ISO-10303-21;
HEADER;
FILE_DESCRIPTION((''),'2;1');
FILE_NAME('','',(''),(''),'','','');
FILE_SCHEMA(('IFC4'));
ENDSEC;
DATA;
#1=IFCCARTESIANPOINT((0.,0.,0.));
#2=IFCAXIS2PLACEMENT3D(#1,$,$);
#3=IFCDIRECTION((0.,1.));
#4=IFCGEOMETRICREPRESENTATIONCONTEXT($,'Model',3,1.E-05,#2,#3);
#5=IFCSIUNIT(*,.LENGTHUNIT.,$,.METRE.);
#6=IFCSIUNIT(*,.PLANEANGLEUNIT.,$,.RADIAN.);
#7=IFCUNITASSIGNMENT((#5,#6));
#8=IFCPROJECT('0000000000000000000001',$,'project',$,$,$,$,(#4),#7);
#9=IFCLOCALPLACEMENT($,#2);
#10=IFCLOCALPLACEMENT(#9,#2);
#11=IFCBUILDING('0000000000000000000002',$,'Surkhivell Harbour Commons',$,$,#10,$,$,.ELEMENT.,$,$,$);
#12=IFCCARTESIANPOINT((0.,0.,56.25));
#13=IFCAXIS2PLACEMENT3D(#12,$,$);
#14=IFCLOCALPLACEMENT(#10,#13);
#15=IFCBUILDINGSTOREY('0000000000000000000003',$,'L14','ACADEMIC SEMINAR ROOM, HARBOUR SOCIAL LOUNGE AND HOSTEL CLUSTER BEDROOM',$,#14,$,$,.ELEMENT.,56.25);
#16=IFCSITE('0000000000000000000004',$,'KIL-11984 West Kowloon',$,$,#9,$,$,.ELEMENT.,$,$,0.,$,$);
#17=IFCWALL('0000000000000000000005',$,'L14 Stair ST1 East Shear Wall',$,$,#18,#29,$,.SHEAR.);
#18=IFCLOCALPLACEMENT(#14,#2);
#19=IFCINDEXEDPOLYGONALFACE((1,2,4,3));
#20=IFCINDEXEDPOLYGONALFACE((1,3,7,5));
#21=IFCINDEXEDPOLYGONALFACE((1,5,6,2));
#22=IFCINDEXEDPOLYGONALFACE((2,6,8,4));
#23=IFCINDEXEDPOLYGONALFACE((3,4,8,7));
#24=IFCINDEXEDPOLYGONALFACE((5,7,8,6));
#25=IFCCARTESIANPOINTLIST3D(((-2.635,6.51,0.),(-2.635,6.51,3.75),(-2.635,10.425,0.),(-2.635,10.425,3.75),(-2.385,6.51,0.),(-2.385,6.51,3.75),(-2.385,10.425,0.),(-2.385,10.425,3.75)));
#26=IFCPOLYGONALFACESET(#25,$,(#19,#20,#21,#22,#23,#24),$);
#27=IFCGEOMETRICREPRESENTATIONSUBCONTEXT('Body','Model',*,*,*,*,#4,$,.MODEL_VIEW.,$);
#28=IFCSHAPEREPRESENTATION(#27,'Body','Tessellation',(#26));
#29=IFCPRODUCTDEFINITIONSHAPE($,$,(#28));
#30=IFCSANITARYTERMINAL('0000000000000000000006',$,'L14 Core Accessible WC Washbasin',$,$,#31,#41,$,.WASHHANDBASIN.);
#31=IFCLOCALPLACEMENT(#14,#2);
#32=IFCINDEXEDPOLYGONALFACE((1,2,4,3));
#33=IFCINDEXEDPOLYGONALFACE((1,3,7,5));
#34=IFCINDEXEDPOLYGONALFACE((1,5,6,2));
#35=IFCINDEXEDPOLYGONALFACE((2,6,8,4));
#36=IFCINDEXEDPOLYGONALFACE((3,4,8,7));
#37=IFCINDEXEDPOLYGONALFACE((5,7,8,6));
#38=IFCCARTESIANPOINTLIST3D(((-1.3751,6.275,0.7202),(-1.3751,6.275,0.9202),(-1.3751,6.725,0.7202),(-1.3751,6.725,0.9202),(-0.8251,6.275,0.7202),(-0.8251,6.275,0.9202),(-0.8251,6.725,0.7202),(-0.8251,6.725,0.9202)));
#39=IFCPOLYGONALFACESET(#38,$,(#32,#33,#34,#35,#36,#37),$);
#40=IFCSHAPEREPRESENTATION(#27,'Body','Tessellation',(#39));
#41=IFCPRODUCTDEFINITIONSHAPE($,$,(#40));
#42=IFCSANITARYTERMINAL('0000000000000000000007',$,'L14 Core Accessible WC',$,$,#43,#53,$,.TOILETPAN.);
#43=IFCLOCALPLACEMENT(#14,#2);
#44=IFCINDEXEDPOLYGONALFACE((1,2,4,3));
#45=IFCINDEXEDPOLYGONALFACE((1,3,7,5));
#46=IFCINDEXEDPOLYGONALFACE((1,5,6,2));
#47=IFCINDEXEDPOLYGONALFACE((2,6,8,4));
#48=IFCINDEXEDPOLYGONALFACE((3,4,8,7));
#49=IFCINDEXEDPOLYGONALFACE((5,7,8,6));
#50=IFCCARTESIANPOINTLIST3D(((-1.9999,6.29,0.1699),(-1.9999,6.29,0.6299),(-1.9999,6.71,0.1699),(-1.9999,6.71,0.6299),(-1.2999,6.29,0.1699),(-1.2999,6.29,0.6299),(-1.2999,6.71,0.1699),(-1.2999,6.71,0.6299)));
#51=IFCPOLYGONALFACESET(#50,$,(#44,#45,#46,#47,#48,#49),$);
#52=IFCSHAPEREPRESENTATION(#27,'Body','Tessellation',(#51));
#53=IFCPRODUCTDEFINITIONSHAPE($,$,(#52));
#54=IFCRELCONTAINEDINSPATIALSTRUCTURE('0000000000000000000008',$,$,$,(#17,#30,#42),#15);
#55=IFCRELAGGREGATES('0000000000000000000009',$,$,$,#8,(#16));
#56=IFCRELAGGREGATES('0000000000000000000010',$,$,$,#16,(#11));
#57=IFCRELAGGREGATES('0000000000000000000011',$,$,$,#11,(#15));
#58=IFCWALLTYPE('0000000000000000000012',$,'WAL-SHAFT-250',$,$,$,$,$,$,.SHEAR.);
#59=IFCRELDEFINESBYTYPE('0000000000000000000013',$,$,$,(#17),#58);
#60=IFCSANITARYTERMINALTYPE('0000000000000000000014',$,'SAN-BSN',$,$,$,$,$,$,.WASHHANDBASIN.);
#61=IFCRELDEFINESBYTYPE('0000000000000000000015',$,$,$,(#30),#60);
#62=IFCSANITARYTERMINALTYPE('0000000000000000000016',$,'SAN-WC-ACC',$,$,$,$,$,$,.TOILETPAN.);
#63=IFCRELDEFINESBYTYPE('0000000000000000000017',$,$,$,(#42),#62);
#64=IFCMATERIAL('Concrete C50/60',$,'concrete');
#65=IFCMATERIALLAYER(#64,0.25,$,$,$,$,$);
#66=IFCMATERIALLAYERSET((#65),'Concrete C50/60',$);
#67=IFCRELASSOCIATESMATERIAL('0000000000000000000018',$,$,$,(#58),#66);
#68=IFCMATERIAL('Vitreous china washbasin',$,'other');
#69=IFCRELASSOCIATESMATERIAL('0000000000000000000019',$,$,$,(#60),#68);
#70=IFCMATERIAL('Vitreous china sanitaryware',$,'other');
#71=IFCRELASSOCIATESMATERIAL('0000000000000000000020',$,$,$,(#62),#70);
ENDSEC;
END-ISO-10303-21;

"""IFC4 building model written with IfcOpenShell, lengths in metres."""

from ifc_helpers import new_model, si_unit, direction, frame, frame_2d, origin, origin_2d, place, context, subcontext, project, spatial, rectangle, extrude, material, layer, layer_set, type_object, element, save


model = new_model("IFC4")

# Units and contexts
model_context = context("Model", 3, precision=1e-05, world=origin(), true_north=direction((0.0, 1.0)))
body_context = subcontext(model_context, "Body", "Model", "MODEL_VIEW")
ifc_project = project(units=[si_unit("LENGTHUNIT", "METRE"), si_unit("PLANEANGLEUNIT", "RADIAN")], contexts=[model_context])

# Site, building, storey
site_placement = place(None, origin())
site = spatial("IfcSite", under=ifc_project, at=site_placement, Name="KIL-11984 West Kowloon", CompositionType="ELEMENT", RefElevation=0.0)
building_placement = place(site_placement, origin())
building = spatial("IfcBuilding", under=site, at=building_placement, Name="Surkhivell Harbour Commons", CompositionType="ELEMENT")
storey_placement = place(building_placement, frame((0.0, 0.0, 56.25)))
storey = spatial("IfcBuildingStorey", under=building, at=storey_placement, Name="L14", Description="ACADEMIC SEMINAR ROOM, HARBOUR SOCIAL LOUNGE AND HOSTEL CLUSTER BEDROOM", CompositionType="ELEMENT", Elevation=56.25)

# Shared definitions
ifc_material_1 = material(Name="Concrete C50/60", Category="concrete")
ifc_layer_1 = layer(ifc_material_1, 0.25)
ifc_layer_set_1 = layer_set([ifc_layer_1], Name="Concrete C50/60")
wall_type_1 = type_object("IfcWallType", Name="WAL-SHAFT-250", PredefinedType="SHEAR", material=ifc_layer_set_1)

# Wall
wall_1_placement = place(storey_placement, frame((-2.51, 6.51, 0.0), z_axis=(0.0, 0.0, 1.0), x_axis=(0.0, 1.0, 0.0)))
element("IfcWall", 1, at=wall_1_placement, inside=storey, type_object=wall_type_1, Name="L14 Stair ST1 East Shear Wall", PredefinedType="SHEAR", context=body_context, shape_type="SweptSolid", body=[
    extrude(rectangle(XDim=3.915, YDim=0.25, at=frame_2d((1.9575, 0.0))), origin(), (0.0, 0.0, 1.0), 3.75),
])

# Sanitary terminals
ifc_material_2 = material(Name="Vitreous china washbasin", Category="other")
sanitary_terminal_type_1 = type_object("IfcSanitaryTerminalType", Name="SAN-BSN", PredefinedType="WASHHANDBASIN", material=ifc_material_2)
sanitary_terminal_1_placement = place(storey_placement, frame((-1.1001, 6.5, 0.7202), z_axis=(0.0, 0.0, 1.0), x_axis=(1.0, 0.0, 0.0)))
element("IfcSanitaryTerminal", 2, at=sanitary_terminal_1_placement, inside=storey, type_object=sanitary_terminal_type_1, Name="L14 Core Accessible WC Washbasin", PredefinedType="WASHHANDBASIN", context=body_context, shape_type="SweptSolid", body=[
    extrude(rectangle(XDim=0.55, YDim=0.45, at=origin_2d()), origin(), (0.0, 0.0, 1.0), 0.2),
])
ifc_material_3 = material(Name="Vitreous china sanitaryware", Category="other")
sanitary_terminal_type_2 = type_object("IfcSanitaryTerminalType", Name="SAN-WC-ACC", PredefinedType="TOILETPAN", material=ifc_material_3)
sanitary_terminal_2_placement = place(storey_placement, frame((-1.6499, 6.5, 0.1699), z_axis=(0.0, 0.0, 1.0), x_axis=(1.0, 0.0, 0.0)))
element("IfcSanitaryTerminal", 3, at=sanitary_terminal_2_placement, inside=storey, type_object=sanitary_terminal_type_2, Name="L14 Core Accessible WC", PredefinedType="TOILETPAN", context=body_context, shape_type="SweptSolid", body=[
    extrude(rectangle(XDim=0.7, YDim=0.4199, at=origin_2d()), origin(), (0.0, 0.0, 1.0), 0.46),
])

save(model, "model.ifc")
